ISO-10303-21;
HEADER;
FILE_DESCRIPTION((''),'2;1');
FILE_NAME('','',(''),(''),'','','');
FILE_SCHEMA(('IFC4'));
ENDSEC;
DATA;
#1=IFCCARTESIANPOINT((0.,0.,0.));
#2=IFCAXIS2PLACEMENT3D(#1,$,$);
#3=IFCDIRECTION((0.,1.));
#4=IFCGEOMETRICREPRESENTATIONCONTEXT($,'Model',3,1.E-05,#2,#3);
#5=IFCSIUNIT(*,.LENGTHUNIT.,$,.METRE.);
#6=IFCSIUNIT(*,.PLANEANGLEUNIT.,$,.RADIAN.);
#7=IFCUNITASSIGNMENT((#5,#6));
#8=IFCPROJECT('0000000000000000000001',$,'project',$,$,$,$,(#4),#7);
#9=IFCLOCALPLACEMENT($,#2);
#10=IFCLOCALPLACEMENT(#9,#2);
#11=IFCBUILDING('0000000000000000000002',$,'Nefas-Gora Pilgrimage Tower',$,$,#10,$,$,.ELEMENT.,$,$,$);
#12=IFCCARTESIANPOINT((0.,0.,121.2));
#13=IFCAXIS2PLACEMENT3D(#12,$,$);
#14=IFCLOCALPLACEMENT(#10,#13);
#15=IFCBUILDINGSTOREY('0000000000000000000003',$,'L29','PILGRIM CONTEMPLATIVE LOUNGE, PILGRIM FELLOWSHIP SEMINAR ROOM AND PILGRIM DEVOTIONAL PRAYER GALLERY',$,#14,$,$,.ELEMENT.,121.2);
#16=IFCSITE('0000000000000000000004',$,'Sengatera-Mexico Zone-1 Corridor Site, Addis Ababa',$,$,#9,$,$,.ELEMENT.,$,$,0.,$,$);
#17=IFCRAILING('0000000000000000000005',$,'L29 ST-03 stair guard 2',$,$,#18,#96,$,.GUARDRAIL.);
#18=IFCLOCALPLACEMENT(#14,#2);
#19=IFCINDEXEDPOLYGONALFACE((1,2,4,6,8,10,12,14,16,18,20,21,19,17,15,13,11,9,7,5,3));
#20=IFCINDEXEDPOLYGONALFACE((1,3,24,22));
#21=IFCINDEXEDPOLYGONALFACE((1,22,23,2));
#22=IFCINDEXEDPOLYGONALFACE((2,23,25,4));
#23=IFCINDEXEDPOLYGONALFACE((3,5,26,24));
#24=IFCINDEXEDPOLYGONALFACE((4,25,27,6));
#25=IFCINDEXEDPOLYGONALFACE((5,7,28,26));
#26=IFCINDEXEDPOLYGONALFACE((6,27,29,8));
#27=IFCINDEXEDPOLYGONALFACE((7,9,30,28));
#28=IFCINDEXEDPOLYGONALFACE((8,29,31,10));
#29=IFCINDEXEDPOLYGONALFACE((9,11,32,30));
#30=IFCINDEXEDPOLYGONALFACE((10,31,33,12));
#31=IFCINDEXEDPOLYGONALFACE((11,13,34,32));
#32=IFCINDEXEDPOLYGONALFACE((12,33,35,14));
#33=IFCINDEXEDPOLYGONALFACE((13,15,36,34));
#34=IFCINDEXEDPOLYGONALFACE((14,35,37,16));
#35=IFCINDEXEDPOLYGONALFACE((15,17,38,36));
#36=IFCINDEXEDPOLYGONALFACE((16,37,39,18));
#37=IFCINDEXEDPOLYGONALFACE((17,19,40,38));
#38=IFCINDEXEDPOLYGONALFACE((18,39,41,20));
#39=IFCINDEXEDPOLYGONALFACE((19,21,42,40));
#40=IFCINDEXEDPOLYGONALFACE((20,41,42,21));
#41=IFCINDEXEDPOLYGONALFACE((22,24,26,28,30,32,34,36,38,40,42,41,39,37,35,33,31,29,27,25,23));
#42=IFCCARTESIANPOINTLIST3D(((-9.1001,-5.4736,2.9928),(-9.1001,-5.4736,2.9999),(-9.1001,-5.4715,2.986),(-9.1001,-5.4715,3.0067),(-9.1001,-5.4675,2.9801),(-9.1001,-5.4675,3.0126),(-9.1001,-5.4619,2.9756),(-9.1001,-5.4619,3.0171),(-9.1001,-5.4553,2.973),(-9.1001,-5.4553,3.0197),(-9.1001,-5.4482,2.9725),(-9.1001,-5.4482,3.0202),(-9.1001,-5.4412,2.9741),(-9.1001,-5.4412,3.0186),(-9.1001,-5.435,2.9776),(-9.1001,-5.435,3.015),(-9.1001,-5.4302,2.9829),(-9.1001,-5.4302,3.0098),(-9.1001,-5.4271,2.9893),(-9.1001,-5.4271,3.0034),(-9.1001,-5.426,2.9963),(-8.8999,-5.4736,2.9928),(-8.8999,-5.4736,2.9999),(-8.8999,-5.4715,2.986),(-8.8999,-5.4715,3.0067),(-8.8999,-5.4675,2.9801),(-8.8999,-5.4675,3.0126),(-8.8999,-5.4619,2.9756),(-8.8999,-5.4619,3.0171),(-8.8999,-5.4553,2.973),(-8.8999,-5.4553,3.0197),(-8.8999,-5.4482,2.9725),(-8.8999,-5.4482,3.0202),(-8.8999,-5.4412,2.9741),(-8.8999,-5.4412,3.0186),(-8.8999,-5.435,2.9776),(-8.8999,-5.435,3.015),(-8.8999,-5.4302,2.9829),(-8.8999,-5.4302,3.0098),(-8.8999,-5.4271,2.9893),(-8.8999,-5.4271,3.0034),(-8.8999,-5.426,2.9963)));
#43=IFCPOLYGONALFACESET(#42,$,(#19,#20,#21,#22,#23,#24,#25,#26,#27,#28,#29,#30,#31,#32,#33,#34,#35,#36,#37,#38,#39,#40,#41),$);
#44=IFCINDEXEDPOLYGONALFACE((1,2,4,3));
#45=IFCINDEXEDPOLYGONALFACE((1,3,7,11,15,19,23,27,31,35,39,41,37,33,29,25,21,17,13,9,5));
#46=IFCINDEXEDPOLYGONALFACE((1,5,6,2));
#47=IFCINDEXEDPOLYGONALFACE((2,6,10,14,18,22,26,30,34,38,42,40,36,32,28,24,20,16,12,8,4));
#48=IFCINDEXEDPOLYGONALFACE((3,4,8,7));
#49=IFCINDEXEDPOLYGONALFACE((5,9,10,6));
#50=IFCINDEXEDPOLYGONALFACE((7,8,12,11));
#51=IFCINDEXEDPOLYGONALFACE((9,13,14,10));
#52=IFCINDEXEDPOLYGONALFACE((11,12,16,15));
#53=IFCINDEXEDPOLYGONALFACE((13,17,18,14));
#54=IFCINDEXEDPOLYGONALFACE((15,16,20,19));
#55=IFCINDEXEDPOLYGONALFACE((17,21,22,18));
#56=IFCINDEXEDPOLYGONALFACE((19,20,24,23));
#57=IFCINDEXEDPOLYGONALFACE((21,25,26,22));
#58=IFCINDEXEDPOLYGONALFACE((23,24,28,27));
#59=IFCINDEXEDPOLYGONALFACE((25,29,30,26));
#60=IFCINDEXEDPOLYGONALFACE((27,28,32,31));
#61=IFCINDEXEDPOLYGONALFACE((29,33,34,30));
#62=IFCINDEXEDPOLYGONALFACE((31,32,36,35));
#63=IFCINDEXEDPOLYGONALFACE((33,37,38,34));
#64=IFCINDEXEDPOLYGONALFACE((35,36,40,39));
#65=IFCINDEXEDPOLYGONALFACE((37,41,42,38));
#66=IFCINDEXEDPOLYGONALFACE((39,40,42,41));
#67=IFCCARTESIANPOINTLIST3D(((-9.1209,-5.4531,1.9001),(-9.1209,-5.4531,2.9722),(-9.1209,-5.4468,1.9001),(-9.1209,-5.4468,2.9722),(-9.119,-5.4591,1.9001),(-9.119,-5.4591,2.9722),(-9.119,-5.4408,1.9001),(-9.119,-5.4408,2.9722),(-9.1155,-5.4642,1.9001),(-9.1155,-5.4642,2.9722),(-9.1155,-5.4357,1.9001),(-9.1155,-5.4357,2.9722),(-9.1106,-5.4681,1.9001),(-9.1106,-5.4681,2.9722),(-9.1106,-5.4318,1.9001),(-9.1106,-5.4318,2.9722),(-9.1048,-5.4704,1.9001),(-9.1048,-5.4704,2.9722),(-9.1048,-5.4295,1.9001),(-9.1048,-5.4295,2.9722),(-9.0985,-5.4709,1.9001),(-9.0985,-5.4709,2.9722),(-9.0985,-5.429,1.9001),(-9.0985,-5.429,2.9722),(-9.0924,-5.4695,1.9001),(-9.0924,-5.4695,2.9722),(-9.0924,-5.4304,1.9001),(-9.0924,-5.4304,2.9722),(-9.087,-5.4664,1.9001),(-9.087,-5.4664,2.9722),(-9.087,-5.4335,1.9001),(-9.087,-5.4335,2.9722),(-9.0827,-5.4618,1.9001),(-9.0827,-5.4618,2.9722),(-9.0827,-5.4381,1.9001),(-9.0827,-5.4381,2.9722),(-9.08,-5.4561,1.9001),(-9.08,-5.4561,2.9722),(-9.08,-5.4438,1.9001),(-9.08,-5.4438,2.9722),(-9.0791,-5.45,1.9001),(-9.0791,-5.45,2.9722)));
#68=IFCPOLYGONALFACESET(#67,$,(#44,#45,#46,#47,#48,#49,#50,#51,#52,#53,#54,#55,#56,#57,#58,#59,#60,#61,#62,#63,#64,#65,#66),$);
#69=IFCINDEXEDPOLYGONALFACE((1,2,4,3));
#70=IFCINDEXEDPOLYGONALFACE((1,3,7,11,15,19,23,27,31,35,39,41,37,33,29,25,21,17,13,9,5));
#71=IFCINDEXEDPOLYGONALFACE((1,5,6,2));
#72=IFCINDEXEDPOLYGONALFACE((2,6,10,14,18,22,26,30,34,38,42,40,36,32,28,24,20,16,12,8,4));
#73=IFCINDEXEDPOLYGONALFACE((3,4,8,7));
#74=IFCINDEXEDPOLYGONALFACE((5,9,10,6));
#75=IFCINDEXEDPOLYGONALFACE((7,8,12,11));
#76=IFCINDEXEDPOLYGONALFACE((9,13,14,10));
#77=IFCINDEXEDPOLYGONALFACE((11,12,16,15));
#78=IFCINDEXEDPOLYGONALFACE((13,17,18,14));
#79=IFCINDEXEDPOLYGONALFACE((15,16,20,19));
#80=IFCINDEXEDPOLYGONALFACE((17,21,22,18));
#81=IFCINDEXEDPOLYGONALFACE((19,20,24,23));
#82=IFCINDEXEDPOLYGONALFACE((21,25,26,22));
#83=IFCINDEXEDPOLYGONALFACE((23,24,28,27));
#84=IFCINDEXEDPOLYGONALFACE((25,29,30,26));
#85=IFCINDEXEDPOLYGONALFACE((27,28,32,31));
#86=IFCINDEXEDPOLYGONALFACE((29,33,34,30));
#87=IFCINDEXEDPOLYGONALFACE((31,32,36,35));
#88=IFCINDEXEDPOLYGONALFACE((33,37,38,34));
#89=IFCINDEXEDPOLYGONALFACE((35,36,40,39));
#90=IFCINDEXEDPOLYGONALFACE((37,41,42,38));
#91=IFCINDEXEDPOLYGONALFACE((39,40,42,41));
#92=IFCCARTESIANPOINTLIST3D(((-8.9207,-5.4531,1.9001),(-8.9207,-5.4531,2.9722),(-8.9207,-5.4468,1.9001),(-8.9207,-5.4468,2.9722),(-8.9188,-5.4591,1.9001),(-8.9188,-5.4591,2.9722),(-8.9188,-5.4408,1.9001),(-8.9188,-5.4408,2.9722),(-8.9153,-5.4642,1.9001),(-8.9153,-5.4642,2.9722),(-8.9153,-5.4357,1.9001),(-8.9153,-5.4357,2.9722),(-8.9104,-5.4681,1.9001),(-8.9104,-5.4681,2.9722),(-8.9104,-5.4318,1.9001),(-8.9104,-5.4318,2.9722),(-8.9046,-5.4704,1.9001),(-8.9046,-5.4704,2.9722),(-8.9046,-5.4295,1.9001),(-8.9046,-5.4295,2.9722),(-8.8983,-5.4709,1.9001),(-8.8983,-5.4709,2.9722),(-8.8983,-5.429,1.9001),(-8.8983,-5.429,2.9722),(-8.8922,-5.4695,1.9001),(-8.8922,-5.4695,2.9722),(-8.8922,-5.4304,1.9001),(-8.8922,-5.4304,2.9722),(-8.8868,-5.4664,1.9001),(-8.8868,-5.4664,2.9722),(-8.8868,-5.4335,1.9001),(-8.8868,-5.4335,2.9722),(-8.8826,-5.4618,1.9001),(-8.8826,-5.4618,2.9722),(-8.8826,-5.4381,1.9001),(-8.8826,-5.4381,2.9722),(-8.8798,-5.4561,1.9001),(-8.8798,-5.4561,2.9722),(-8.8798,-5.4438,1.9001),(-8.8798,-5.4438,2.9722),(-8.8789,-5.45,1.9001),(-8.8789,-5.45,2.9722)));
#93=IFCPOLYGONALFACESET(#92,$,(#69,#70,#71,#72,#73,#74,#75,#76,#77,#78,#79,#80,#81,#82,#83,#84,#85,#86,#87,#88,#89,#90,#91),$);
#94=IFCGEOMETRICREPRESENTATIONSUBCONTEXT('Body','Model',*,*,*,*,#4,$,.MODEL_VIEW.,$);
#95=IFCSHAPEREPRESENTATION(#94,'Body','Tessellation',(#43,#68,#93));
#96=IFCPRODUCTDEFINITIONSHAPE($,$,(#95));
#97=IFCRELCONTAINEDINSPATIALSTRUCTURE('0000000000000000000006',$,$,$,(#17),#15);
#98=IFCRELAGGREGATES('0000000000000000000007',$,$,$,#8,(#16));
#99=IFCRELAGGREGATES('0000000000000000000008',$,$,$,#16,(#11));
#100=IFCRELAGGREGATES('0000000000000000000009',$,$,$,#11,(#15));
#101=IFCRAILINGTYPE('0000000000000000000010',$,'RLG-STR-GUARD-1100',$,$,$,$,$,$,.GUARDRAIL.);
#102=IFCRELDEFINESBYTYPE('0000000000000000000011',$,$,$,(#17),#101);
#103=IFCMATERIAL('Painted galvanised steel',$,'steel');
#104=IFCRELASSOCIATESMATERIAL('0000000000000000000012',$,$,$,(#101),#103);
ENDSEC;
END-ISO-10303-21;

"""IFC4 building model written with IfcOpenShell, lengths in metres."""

from ifc_helpers import new_model, si_unit, direction, frame, origin, origin_2d, place, context, subcontext, project, spatial, circle, extrude, material, type_object, element, save


model = new_model("IFC4")

# Units and contexts
model_context = context("Model", 3, precision=1e-05, world=origin(), true_north=direction((0.0, 1.0)))
body_context = subcontext(model_context, "Body", "Model", "MODEL_VIEW")
ifc_project = project(units=[si_unit("LENGTHUNIT", "METRE"), si_unit("PLANEANGLEUNIT", "RADIAN")], contexts=[model_context])

# Site, building, storey
site_placement = place(None, origin())
site = spatial("IfcSite", under=ifc_project, at=site_placement, Name="Sengatera-Mexico Zone-1 Corridor Site, Addis Ababa", CompositionType="ELEMENT", RefElevation=0.0)
building_placement = place(site_placement, origin())
building = spatial("IfcBuilding", under=site, at=building_placement, Name="Nefas-Gora Pilgrimage Tower", CompositionType="ELEMENT")
storey_placement = place(building_placement, frame((0.0, 0.0, 121.2)))
storey = spatial("IfcBuildingStorey", under=building, at=storey_placement, Name="L29", Description="PILGRIM CONTEMPLATIVE LOUNGE, PILGRIM FELLOWSHIP SEMINAR ROOM AND PILGRIM DEVOTIONAL PRAYER GALLERY", CompositionType="ELEMENT", Elevation=121.2)

# Railing
ifc_material_1 = material(Name="Painted galvanised steel", Category="steel")
railing_type_1 = type_object("IfcRailingType", Name="RLG-STR-GUARD-1100", PredefinedType="GUARDRAIL", material=ifc_material_1)
railing_1_placement = place(storey_placement, frame((-9.1001, -5.45, 1.9001)))
element("IfcRailing", 1, at=railing_1_placement, inside=storey, type_object=railing_type_1, Name="L29 ST-03 stair guard 2", PredefinedType="GUARDRAIL", context=body_context, shape_type="SweptSolid", body=[
    extrude(circle(Radius=0.0239, at=origin_2d()), frame((0.0, 0.0, 1.0962), z_axis=(1.0, 0.0, 0.0), x_axis=(0.0, 1.0, 0.0)), (0.0, 0.0, 1.0), 0.2002),
    extrude(circle(Radius=0.021, at=origin_2d()), origin(), (0.0, 0.0, 1.0), 1.072),
    extrude(circle(Radius=0.021, at=origin_2d()), frame((0.2002, 0.0, 0.0)), (0.0, 0.0, 1.0), 1.072),
])

save(model, "model.ifc")
